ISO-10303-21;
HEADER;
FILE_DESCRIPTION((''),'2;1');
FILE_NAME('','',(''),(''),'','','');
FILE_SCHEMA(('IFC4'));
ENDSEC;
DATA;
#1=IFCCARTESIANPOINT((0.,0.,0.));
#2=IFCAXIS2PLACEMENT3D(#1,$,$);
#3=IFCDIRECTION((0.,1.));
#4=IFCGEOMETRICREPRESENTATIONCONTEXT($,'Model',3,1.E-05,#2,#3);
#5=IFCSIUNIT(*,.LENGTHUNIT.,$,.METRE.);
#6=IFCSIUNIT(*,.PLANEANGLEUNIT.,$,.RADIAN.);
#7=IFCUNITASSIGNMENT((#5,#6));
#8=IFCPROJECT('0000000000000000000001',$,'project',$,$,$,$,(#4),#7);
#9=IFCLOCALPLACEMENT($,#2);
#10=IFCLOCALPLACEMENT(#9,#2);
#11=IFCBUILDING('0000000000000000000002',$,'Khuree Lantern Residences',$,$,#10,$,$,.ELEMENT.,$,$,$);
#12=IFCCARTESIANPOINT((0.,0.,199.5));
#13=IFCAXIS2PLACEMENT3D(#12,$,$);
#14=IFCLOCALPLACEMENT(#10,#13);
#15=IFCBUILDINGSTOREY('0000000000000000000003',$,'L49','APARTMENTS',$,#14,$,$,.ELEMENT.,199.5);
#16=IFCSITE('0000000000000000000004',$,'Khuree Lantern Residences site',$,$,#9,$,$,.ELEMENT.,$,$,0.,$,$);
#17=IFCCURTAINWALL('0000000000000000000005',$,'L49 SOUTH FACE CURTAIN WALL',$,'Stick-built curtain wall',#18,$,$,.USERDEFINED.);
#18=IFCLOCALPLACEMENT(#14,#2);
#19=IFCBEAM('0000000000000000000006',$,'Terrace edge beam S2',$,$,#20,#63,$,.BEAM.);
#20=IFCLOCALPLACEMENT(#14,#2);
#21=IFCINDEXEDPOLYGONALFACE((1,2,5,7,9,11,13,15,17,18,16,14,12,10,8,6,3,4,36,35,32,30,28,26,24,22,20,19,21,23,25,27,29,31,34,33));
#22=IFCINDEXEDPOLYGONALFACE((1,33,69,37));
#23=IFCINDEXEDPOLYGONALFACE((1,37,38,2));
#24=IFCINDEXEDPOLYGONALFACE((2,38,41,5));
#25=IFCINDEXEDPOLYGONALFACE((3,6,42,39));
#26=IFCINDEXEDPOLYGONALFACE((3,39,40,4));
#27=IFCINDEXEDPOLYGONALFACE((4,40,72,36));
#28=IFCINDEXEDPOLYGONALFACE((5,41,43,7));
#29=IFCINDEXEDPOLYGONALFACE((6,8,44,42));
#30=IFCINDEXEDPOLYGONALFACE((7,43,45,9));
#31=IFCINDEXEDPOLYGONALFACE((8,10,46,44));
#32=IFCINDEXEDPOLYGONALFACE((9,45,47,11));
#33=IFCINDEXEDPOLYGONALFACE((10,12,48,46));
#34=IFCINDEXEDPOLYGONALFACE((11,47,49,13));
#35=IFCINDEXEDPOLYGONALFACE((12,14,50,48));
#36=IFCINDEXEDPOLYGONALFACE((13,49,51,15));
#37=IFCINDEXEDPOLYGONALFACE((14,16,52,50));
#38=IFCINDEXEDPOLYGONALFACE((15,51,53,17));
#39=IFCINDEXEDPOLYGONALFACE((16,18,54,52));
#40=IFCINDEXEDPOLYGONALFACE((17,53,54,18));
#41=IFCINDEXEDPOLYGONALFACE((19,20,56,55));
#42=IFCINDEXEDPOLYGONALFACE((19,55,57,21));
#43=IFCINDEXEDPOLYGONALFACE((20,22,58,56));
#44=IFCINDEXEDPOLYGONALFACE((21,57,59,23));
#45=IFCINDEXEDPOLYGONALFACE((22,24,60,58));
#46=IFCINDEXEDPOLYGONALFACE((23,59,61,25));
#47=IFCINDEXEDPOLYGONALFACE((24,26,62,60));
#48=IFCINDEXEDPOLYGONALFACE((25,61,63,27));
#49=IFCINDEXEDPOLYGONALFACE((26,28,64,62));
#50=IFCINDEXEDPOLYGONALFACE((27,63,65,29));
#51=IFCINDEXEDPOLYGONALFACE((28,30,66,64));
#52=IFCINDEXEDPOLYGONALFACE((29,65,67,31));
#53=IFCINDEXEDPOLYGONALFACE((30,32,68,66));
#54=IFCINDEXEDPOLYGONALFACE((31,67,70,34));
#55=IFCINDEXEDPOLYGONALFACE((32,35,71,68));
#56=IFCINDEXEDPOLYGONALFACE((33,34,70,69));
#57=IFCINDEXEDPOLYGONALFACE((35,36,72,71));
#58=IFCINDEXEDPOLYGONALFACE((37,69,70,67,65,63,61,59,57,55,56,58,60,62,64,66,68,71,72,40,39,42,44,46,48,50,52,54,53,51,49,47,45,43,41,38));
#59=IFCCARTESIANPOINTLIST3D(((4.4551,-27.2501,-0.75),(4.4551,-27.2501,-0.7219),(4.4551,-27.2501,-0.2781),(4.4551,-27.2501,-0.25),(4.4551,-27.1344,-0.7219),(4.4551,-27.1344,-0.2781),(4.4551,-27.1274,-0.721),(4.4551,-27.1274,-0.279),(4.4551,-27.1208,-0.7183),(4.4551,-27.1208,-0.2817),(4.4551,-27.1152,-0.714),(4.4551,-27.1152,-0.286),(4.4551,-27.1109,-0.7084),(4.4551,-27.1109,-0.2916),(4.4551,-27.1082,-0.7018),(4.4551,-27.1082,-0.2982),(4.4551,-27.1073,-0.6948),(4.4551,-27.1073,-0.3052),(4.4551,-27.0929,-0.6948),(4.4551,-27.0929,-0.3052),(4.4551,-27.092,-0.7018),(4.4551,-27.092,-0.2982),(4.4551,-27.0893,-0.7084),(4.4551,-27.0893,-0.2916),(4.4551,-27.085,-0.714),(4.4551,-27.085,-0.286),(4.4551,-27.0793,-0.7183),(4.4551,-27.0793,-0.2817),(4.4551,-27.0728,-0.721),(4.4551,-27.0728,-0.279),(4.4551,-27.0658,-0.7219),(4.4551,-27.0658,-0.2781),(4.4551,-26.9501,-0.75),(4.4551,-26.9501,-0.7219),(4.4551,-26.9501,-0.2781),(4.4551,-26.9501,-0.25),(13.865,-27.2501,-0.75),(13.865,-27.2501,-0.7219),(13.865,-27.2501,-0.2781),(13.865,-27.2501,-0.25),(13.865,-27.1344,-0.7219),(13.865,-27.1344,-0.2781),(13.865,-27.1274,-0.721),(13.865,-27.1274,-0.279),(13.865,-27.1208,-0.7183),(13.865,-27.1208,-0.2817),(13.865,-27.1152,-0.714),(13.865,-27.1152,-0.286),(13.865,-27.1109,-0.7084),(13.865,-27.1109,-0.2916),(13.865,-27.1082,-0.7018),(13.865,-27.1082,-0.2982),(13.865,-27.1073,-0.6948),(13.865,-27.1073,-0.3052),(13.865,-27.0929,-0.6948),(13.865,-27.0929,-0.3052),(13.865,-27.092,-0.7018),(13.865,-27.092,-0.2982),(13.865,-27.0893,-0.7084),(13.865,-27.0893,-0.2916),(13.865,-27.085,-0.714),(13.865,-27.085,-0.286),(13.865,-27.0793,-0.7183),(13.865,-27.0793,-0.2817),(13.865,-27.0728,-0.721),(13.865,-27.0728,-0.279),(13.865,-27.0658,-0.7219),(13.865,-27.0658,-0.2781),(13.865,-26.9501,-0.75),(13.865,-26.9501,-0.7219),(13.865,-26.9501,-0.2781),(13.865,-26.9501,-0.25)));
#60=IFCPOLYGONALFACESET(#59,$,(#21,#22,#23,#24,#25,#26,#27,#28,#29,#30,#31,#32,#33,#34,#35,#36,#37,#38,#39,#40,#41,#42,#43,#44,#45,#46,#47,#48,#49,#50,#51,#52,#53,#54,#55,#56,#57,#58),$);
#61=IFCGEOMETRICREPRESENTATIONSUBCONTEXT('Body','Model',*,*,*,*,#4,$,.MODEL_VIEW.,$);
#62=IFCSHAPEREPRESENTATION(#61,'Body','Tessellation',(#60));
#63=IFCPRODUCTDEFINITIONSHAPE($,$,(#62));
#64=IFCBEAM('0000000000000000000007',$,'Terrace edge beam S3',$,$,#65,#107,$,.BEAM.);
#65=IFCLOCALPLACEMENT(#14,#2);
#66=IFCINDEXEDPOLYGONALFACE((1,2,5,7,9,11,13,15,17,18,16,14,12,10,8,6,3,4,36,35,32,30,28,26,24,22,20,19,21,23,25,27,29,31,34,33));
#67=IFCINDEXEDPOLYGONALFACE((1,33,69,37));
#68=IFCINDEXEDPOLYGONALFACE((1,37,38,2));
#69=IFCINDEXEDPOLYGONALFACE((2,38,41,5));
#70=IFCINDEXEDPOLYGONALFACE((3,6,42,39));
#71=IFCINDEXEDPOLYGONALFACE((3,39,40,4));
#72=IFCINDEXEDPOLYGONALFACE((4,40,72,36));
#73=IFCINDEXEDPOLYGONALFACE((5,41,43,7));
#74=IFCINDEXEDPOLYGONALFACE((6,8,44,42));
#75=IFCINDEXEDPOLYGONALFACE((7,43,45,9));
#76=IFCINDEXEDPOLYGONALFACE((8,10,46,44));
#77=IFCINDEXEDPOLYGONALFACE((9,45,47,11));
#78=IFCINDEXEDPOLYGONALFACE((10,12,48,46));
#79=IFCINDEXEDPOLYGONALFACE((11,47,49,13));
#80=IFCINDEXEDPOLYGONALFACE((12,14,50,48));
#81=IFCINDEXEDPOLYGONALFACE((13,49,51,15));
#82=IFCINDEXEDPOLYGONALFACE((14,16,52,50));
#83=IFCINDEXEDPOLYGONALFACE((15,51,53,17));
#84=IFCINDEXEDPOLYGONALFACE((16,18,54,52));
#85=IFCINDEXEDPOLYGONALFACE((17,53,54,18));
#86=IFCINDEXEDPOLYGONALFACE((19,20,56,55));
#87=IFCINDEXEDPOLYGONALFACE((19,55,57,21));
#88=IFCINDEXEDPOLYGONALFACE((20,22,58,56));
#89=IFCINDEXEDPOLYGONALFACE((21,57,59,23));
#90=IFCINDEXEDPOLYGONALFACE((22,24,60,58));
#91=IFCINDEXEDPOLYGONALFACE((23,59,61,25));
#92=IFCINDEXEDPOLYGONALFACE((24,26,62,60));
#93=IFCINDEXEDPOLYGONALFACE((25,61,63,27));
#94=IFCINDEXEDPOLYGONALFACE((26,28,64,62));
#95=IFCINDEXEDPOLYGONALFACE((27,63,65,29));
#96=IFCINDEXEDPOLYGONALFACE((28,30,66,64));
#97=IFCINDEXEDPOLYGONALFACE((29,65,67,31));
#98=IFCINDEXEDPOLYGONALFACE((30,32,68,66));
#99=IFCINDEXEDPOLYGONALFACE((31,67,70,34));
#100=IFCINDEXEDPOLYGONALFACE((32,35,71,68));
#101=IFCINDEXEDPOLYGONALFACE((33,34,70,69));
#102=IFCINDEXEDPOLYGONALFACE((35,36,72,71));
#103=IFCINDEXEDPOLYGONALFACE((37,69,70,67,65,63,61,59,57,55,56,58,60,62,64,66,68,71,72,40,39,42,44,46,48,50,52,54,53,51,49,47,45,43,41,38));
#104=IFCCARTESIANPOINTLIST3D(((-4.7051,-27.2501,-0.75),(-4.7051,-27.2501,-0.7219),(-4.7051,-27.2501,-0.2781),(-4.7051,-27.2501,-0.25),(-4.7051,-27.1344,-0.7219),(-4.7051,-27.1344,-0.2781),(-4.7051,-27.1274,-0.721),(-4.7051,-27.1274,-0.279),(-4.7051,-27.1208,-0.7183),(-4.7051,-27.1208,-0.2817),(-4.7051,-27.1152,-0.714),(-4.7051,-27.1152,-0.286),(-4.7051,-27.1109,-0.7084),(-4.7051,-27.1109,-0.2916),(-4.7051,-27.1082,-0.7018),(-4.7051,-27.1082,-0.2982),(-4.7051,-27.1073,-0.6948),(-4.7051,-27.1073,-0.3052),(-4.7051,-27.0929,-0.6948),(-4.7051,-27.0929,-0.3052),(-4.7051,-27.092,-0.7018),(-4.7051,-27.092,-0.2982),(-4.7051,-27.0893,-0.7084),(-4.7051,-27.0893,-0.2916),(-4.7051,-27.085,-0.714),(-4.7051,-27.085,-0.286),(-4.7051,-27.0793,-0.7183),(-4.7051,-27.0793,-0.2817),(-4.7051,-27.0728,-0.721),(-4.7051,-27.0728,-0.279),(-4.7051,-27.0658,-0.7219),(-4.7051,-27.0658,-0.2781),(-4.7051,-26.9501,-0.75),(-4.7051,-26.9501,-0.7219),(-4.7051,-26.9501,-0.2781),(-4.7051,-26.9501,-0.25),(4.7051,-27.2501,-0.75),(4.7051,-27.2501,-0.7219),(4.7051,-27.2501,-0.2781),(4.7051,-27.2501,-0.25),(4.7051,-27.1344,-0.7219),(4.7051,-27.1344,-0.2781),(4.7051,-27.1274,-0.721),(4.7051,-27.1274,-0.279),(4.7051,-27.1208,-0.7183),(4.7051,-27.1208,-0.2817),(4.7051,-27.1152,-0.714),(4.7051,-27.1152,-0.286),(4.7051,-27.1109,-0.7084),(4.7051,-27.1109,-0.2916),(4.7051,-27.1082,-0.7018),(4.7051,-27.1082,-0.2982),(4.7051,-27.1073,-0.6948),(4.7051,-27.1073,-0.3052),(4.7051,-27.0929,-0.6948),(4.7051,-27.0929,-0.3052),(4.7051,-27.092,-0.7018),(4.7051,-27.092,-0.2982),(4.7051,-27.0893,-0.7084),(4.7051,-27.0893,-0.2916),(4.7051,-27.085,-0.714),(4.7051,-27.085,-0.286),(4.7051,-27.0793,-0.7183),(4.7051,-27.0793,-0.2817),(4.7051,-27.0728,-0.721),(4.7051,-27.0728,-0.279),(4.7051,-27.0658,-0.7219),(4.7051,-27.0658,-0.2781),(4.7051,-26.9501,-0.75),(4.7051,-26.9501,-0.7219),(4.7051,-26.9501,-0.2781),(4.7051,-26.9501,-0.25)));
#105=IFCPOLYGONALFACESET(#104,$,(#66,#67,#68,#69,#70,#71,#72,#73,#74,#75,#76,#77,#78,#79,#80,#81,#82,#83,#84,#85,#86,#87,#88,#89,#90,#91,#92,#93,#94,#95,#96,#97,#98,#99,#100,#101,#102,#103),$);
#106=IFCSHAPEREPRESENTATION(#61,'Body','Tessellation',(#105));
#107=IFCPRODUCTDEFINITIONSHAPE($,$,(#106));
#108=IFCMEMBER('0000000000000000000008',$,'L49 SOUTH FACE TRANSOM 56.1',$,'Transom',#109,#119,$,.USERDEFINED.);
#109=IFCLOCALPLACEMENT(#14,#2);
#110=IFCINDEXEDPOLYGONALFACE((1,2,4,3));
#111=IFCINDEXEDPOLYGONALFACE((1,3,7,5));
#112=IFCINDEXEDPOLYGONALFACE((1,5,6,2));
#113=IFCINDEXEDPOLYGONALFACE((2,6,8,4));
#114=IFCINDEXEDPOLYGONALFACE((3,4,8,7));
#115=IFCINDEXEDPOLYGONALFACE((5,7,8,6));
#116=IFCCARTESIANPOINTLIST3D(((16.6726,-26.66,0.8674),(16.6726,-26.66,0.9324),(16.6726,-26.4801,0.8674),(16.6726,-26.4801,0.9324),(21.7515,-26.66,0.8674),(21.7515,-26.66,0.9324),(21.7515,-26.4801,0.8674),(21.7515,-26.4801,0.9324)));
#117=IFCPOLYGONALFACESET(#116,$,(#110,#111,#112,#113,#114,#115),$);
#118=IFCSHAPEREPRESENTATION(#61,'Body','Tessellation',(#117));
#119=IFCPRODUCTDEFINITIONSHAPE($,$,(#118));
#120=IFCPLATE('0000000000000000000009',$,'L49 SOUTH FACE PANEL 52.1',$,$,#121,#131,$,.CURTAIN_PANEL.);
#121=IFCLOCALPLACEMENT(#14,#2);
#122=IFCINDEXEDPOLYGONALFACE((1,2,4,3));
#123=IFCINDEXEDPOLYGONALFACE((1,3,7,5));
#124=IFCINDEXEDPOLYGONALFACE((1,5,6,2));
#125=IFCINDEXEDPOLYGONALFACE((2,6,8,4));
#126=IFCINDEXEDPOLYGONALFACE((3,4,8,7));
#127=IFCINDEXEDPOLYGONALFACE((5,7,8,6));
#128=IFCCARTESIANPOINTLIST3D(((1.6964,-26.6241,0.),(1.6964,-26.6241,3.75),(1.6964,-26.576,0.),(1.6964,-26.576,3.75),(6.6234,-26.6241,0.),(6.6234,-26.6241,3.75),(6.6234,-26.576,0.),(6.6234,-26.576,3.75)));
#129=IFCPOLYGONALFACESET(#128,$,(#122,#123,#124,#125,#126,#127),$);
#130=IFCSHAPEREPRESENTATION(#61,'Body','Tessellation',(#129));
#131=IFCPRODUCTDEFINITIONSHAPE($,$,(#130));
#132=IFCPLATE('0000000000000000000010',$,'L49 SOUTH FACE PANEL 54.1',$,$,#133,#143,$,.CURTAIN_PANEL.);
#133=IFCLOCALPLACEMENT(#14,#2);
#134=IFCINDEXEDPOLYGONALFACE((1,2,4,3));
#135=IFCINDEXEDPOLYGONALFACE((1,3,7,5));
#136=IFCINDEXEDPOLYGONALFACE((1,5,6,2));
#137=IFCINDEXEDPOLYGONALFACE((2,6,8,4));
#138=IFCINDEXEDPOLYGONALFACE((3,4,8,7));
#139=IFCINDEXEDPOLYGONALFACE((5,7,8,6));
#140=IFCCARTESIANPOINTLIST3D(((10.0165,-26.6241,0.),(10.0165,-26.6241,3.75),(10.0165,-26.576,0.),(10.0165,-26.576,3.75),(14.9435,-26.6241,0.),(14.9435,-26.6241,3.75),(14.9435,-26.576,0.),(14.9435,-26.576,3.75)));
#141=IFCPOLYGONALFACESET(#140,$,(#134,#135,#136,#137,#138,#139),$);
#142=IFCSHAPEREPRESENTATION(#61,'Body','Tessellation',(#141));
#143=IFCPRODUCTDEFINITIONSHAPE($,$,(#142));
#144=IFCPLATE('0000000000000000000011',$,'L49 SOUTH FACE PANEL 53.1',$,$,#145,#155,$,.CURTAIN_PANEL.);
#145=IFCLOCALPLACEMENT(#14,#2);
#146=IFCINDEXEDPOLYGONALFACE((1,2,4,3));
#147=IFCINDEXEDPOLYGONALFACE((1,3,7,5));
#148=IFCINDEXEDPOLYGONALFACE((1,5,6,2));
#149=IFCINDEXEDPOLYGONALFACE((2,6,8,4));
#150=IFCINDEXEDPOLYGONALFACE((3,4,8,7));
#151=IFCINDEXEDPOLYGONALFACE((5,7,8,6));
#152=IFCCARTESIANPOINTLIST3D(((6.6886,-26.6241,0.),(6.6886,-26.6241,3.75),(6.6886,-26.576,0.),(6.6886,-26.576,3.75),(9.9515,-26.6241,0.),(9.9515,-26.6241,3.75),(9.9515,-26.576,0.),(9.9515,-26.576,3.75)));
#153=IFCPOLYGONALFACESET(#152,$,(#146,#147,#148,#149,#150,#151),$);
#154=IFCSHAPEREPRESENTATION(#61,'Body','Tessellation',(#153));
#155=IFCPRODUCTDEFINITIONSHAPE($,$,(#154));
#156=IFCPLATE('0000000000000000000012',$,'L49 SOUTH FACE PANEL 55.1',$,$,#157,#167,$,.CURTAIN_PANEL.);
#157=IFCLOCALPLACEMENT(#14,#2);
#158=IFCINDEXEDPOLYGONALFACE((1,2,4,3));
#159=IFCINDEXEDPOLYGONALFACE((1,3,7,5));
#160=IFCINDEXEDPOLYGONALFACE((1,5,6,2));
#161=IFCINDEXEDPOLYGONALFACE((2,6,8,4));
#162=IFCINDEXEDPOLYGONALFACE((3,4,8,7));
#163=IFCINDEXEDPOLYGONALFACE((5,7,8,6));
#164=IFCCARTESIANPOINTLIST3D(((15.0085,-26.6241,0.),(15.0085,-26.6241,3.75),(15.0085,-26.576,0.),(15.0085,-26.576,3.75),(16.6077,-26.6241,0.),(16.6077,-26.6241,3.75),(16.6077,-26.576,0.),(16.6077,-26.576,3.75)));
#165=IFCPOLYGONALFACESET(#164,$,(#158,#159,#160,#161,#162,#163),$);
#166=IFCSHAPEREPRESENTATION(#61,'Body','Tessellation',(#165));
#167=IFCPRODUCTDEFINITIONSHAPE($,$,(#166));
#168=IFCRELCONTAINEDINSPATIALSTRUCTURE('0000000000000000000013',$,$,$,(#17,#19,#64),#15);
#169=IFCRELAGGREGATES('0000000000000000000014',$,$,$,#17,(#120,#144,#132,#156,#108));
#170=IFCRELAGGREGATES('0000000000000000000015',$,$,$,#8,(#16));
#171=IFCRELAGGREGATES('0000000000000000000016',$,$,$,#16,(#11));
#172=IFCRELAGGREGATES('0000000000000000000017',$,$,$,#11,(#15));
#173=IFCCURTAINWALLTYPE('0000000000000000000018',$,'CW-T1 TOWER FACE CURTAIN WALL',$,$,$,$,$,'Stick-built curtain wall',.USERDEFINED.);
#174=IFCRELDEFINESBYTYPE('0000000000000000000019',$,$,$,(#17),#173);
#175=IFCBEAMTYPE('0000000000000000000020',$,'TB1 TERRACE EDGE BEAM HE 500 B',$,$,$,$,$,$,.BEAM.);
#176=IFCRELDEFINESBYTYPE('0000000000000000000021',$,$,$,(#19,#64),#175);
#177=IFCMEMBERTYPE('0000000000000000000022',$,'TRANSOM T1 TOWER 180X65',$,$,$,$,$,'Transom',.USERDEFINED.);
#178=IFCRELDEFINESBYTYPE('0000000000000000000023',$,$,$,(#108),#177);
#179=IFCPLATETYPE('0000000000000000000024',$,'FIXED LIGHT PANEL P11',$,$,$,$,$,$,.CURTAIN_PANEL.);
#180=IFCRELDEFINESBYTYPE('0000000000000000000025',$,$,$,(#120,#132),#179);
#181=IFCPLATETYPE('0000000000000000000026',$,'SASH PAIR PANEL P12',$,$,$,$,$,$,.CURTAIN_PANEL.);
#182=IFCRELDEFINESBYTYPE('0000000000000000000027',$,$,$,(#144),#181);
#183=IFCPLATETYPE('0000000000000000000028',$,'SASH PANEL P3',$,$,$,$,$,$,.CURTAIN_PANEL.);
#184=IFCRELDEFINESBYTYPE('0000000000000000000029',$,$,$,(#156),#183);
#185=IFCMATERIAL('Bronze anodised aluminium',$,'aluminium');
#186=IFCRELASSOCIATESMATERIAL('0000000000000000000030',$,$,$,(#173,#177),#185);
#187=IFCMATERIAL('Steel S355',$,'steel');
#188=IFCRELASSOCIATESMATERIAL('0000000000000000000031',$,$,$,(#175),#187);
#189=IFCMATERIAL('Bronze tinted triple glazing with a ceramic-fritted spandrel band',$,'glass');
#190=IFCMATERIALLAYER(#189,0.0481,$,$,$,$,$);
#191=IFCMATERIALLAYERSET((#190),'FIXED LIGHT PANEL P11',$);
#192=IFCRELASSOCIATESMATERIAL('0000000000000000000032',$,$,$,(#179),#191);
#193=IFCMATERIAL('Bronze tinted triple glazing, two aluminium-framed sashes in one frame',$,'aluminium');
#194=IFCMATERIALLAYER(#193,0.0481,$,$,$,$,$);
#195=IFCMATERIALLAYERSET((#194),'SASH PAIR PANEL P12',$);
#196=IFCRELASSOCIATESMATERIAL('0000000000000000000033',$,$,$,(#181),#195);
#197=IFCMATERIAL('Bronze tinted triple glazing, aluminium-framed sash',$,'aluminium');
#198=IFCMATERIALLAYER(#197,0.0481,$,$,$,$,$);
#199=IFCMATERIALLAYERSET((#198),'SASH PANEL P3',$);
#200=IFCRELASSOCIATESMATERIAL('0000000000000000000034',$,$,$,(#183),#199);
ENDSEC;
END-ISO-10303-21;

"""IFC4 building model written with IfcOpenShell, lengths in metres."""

from ifc_helpers import new_model, si_unit, direction, frame, origin, origin_2d, place, context, subcontext, project, spatial, rectangle, i_section, extrude, material, layer, layer_set, material_profile, profile_set, type_object, element, aggregate, save


model = new_model("IFC4")

# Units and contexts
model_context = context("Model", 3, precision=1e-05, world=origin(), true_north=direction((0.0, 1.0)))
body_context = subcontext(model_context, "Body", "Model", "MODEL_VIEW")
ifc_project = project(units=[si_unit("LENGTHUNIT", "METRE"), si_unit("PLANEANGLEUNIT", "RADIAN")], contexts=[model_context])

# Site, building, storey
site_placement = place(None, origin())
site = spatial("IfcSite", under=ifc_project, at=site_placement, Name="Khuree Lantern Residences site", CompositionType="ELEMENT", RefElevation=0.0)
building_placement = place(site_placement, origin())
building = spatial("IfcBuilding", under=site, at=building_placement, Name="Khuree Lantern Residences", CompositionType="ELEMENT")
storey_placement = place(building_placement, frame((0.0, 0.0, 199.5)))
storey = spatial("IfcBuildingStorey", under=building, at=storey_placement, Name="L49", Description="APARTMENTS", CompositionType="ELEMENT", Elevation=199.5)

# Shared definitions
ifc_material_1 = material(Name="Steel S355", Category="steel")

# Curtain wall
ifc_material_2 = material(Name="Bronze anodised aluminium", Category="aluminium")
curtain_wall_type = type_object("IfcCurtainWallType", Name="CW-T1 TOWER FACE CURTAIN WALL", ElementType="Stick-built curtain wall", PredefinedType="USERDEFINED", material=ifc_material_2)
curtain_wall_placement = place(storey_placement, origin())
curtain_wall = element("IfcCurtainWall", 1, at=curtain_wall_placement, inside=storey, type_object=curtain_wall_type, Name="L49 SOUTH FACE CURTAIN WALL", ObjectType="Stick-built curtain wall", PredefinedType="USERDEFINED")

# Beams
ifc_material_profile_1 = material_profile(ifc_material_1, i_section(OverallWidth=0.3, OverallDepth=0.5, WebThickness=0.0144, FlangeThickness=0.0281, FilletRadius=0.0271, at=origin_2d()), Name="HE 500 B")
ifc_profile_set_1 = profile_set([ifc_material_profile_1], Name="Steel S355")
beam_type_1 = type_object("IfcBeamType", Name="TB1 TERRACE EDGE BEAM HE 500 B", PredefinedType="BEAM", material=ifc_profile_set_1)
beam_1_placement = place(storey_placement, frame((13.865, -27.1001, -0.5), z_axis=(-1.0, 0.0, 0.0), x_axis=(0.0, -1.0, 0.0)))
element("IfcBeam", 2, at=beam_1_placement, inside=storey, type_object=beam_type_1, Name="Terrace edge beam S2", PredefinedType="BEAM", context=body_context, shape_type="SweptSolid", body=[
    extrude(i_section(OverallWidth=0.3, OverallDepth=0.5, WebThickness=0.0144, FlangeThickness=0.0281, FilletRadius=0.0271, at=origin_2d()), origin(), (0.0, 0.0, 1.0), 9.4099),
])
beam_2_placement = place(storey_placement, frame((4.7051, -27.1001, -0.5), z_axis=(-1.0, 0.0, 0.0), x_axis=(0.0, -1.0, 0.0)))
element("IfcBeam", 3, at=beam_2_placement, inside=storey, type_object=beam_type_1, Name="Terrace edge beam S3", PredefinedType="BEAM", context=body_context, shape_type="SweptSolid", body=[
    extrude(i_section(OverallWidth=0.3, OverallDepth=0.5, WebThickness=0.0144, FlangeThickness=0.0281, FilletRadius=0.0271, at=origin_2d()), origin(), (0.0, 0.0, 1.0), 9.4102),
])

# Member
ifc_material_profile_2 = material_profile(ifc_material_2, rectangle(XDim=0.1799, YDim=0.0649, at=origin_2d()), Name="T1 180X65")
ifc_profile_set_2 = profile_set([ifc_material_profile_2], Name="Bronze anodised aluminium")
member_type_1 = type_object("IfcMemberType", Name="TRANSOM T1 TOWER 180X65", ElementType="Transom", PredefinedType="USERDEFINED", material=ifc_profile_set_2)
member_1_placement = place(storey_placement, frame((16.6726, -26.5701, 0.8999), z_axis=(1.0, 0.0, 0.0), x_axis=(0.0, 1.0, 0.0)))
member_1 = element("IfcMember", 4, at=member_1_placement, type_object=member_type_1, Name="L49 SOUTH FACE TRANSOM 56.1", ObjectType="Transom", PredefinedType="USERDEFINED", context=body_context, shape_type="SweptSolid", body=[
    extrude(rectangle(XDim=0.1799, YDim=0.0649, at=origin_2d()), origin(), (0.0, 0.0, 1.0), 5.0789),
])

# Plates
ifc_material_3 = material(Name="Bronze tinted triple glazing with a ceramic-fritted spandrel band", Category="glass")
ifc_layer_1 = layer(ifc_material_3, 0.0481)
ifc_layer_set_1 = layer_set([ifc_layer_1], Name="FIXED LIGHT PANEL P11")
plate_type_1 = type_object("IfcPlateType", Name="FIXED LIGHT PANEL P11", PredefinedType="CURTAIN_PANEL", material=ifc_layer_set_1)
plate_1_placement = place(storey_placement, frame((4.1599, -26.6001, 0.0), z_axis=(0.0, 0.0, 1.0), x_axis=(1.0, 0.0, 0.0)))
plate_1 = element("IfcPlate", 5, at=plate_1_placement, type_object=plate_type_1, Name="L49 SOUTH FACE PANEL 52.1", PredefinedType="CURTAIN_PANEL", context=body_context, shape_type="SweptSolid", body=[
    extrude(rectangle(XDim=4.927, YDim=0.0481, at=origin_2d()), origin(), (0.0, 0.0, 1.0), 3.75),
])
plate_2_placement = place(storey_placement, frame((12.48, -26.6001, 0.0), z_axis=(0.0, 0.0, 1.0), x_axis=(1.0, 0.0, 0.0)))
plate_2 = element("IfcPlate", 6, at=plate_2_placement, type_object=plate_type_1, Name="L49 SOUTH FACE PANEL 54.1", PredefinedType="CURTAIN_PANEL", context=body_context, shape_type="SweptSolid", body=[
    extrude(rectangle(XDim=4.927, YDim=0.0481, at=origin_2d()), origin(), (0.0, 0.0, 1.0), 3.75),
])
ifc_material_4 = material(Name="Bronze tinted triple glazing, two aluminium-framed sashes in one frame", Category="aluminium")
ifc_layer_2 = layer(ifc_material_4, 0.0481)
ifc_layer_set_2 = layer_set([ifc_layer_2], Name="SASH PAIR PANEL P12")
plate_type_2 = type_object("IfcPlateType", Name="SASH PAIR PANEL P12", PredefinedType="CURTAIN_PANEL", material=ifc_layer_set_2)
plate_3_placement = place(storey_placement, frame((8.3201, -26.6001, 0.0), z_axis=(0.0, 0.0, 1.0), x_axis=(1.0, 0.0, 0.0)))
plate_3 = element("IfcPlate", 7, at=plate_3_placement, type_object=plate_type_2, Name="L49 SOUTH FACE PANEL 53.1", PredefinedType="CURTAIN_PANEL", context=body_context, shape_type="SweptSolid", body=[
    extrude(rectangle(XDim=3.2629, YDim=0.0481, at=origin_2d()), origin(), (0.0, 0.0, 1.0), 3.75),
])
ifc_material_5 = material(Name="Bronze tinted triple glazing, aluminium-framed sash", Category="aluminium")
ifc_layer_3 = layer(ifc_material_5, 0.0481)
ifc_layer_set_3 = layer_set([ifc_layer_3], Name="SASH PANEL P3")
plate_type_3 = type_object("IfcPlateType", Name="SASH PANEL P3", PredefinedType="CURTAIN_PANEL", material=ifc_layer_set_3)
plate_4_placement = place(storey_placement, frame((15.8081, -26.6001, 0.0), z_axis=(0.0, 0.0, 1.0), x_axis=(1.0, 0.0, 0.0)))
plate_4 = element("IfcPlate", 8, at=plate_4_placement, type_object=plate_type_3, Name="L49 SOUTH FACE PANEL 55.1", PredefinedType="CURTAIN_PANEL", context=body_context, shape_type="SweptSolid", body=[
    extrude(rectangle(XDim=1.5991, YDim=0.0481, at=origin_2d()), origin(), (0.0, 0.0, 1.0), 3.75),
])
aggregate(curtain_wall, [plate_1, plate_3, plate_2, plate_4, member_1])

save(model, "model.ifc")
